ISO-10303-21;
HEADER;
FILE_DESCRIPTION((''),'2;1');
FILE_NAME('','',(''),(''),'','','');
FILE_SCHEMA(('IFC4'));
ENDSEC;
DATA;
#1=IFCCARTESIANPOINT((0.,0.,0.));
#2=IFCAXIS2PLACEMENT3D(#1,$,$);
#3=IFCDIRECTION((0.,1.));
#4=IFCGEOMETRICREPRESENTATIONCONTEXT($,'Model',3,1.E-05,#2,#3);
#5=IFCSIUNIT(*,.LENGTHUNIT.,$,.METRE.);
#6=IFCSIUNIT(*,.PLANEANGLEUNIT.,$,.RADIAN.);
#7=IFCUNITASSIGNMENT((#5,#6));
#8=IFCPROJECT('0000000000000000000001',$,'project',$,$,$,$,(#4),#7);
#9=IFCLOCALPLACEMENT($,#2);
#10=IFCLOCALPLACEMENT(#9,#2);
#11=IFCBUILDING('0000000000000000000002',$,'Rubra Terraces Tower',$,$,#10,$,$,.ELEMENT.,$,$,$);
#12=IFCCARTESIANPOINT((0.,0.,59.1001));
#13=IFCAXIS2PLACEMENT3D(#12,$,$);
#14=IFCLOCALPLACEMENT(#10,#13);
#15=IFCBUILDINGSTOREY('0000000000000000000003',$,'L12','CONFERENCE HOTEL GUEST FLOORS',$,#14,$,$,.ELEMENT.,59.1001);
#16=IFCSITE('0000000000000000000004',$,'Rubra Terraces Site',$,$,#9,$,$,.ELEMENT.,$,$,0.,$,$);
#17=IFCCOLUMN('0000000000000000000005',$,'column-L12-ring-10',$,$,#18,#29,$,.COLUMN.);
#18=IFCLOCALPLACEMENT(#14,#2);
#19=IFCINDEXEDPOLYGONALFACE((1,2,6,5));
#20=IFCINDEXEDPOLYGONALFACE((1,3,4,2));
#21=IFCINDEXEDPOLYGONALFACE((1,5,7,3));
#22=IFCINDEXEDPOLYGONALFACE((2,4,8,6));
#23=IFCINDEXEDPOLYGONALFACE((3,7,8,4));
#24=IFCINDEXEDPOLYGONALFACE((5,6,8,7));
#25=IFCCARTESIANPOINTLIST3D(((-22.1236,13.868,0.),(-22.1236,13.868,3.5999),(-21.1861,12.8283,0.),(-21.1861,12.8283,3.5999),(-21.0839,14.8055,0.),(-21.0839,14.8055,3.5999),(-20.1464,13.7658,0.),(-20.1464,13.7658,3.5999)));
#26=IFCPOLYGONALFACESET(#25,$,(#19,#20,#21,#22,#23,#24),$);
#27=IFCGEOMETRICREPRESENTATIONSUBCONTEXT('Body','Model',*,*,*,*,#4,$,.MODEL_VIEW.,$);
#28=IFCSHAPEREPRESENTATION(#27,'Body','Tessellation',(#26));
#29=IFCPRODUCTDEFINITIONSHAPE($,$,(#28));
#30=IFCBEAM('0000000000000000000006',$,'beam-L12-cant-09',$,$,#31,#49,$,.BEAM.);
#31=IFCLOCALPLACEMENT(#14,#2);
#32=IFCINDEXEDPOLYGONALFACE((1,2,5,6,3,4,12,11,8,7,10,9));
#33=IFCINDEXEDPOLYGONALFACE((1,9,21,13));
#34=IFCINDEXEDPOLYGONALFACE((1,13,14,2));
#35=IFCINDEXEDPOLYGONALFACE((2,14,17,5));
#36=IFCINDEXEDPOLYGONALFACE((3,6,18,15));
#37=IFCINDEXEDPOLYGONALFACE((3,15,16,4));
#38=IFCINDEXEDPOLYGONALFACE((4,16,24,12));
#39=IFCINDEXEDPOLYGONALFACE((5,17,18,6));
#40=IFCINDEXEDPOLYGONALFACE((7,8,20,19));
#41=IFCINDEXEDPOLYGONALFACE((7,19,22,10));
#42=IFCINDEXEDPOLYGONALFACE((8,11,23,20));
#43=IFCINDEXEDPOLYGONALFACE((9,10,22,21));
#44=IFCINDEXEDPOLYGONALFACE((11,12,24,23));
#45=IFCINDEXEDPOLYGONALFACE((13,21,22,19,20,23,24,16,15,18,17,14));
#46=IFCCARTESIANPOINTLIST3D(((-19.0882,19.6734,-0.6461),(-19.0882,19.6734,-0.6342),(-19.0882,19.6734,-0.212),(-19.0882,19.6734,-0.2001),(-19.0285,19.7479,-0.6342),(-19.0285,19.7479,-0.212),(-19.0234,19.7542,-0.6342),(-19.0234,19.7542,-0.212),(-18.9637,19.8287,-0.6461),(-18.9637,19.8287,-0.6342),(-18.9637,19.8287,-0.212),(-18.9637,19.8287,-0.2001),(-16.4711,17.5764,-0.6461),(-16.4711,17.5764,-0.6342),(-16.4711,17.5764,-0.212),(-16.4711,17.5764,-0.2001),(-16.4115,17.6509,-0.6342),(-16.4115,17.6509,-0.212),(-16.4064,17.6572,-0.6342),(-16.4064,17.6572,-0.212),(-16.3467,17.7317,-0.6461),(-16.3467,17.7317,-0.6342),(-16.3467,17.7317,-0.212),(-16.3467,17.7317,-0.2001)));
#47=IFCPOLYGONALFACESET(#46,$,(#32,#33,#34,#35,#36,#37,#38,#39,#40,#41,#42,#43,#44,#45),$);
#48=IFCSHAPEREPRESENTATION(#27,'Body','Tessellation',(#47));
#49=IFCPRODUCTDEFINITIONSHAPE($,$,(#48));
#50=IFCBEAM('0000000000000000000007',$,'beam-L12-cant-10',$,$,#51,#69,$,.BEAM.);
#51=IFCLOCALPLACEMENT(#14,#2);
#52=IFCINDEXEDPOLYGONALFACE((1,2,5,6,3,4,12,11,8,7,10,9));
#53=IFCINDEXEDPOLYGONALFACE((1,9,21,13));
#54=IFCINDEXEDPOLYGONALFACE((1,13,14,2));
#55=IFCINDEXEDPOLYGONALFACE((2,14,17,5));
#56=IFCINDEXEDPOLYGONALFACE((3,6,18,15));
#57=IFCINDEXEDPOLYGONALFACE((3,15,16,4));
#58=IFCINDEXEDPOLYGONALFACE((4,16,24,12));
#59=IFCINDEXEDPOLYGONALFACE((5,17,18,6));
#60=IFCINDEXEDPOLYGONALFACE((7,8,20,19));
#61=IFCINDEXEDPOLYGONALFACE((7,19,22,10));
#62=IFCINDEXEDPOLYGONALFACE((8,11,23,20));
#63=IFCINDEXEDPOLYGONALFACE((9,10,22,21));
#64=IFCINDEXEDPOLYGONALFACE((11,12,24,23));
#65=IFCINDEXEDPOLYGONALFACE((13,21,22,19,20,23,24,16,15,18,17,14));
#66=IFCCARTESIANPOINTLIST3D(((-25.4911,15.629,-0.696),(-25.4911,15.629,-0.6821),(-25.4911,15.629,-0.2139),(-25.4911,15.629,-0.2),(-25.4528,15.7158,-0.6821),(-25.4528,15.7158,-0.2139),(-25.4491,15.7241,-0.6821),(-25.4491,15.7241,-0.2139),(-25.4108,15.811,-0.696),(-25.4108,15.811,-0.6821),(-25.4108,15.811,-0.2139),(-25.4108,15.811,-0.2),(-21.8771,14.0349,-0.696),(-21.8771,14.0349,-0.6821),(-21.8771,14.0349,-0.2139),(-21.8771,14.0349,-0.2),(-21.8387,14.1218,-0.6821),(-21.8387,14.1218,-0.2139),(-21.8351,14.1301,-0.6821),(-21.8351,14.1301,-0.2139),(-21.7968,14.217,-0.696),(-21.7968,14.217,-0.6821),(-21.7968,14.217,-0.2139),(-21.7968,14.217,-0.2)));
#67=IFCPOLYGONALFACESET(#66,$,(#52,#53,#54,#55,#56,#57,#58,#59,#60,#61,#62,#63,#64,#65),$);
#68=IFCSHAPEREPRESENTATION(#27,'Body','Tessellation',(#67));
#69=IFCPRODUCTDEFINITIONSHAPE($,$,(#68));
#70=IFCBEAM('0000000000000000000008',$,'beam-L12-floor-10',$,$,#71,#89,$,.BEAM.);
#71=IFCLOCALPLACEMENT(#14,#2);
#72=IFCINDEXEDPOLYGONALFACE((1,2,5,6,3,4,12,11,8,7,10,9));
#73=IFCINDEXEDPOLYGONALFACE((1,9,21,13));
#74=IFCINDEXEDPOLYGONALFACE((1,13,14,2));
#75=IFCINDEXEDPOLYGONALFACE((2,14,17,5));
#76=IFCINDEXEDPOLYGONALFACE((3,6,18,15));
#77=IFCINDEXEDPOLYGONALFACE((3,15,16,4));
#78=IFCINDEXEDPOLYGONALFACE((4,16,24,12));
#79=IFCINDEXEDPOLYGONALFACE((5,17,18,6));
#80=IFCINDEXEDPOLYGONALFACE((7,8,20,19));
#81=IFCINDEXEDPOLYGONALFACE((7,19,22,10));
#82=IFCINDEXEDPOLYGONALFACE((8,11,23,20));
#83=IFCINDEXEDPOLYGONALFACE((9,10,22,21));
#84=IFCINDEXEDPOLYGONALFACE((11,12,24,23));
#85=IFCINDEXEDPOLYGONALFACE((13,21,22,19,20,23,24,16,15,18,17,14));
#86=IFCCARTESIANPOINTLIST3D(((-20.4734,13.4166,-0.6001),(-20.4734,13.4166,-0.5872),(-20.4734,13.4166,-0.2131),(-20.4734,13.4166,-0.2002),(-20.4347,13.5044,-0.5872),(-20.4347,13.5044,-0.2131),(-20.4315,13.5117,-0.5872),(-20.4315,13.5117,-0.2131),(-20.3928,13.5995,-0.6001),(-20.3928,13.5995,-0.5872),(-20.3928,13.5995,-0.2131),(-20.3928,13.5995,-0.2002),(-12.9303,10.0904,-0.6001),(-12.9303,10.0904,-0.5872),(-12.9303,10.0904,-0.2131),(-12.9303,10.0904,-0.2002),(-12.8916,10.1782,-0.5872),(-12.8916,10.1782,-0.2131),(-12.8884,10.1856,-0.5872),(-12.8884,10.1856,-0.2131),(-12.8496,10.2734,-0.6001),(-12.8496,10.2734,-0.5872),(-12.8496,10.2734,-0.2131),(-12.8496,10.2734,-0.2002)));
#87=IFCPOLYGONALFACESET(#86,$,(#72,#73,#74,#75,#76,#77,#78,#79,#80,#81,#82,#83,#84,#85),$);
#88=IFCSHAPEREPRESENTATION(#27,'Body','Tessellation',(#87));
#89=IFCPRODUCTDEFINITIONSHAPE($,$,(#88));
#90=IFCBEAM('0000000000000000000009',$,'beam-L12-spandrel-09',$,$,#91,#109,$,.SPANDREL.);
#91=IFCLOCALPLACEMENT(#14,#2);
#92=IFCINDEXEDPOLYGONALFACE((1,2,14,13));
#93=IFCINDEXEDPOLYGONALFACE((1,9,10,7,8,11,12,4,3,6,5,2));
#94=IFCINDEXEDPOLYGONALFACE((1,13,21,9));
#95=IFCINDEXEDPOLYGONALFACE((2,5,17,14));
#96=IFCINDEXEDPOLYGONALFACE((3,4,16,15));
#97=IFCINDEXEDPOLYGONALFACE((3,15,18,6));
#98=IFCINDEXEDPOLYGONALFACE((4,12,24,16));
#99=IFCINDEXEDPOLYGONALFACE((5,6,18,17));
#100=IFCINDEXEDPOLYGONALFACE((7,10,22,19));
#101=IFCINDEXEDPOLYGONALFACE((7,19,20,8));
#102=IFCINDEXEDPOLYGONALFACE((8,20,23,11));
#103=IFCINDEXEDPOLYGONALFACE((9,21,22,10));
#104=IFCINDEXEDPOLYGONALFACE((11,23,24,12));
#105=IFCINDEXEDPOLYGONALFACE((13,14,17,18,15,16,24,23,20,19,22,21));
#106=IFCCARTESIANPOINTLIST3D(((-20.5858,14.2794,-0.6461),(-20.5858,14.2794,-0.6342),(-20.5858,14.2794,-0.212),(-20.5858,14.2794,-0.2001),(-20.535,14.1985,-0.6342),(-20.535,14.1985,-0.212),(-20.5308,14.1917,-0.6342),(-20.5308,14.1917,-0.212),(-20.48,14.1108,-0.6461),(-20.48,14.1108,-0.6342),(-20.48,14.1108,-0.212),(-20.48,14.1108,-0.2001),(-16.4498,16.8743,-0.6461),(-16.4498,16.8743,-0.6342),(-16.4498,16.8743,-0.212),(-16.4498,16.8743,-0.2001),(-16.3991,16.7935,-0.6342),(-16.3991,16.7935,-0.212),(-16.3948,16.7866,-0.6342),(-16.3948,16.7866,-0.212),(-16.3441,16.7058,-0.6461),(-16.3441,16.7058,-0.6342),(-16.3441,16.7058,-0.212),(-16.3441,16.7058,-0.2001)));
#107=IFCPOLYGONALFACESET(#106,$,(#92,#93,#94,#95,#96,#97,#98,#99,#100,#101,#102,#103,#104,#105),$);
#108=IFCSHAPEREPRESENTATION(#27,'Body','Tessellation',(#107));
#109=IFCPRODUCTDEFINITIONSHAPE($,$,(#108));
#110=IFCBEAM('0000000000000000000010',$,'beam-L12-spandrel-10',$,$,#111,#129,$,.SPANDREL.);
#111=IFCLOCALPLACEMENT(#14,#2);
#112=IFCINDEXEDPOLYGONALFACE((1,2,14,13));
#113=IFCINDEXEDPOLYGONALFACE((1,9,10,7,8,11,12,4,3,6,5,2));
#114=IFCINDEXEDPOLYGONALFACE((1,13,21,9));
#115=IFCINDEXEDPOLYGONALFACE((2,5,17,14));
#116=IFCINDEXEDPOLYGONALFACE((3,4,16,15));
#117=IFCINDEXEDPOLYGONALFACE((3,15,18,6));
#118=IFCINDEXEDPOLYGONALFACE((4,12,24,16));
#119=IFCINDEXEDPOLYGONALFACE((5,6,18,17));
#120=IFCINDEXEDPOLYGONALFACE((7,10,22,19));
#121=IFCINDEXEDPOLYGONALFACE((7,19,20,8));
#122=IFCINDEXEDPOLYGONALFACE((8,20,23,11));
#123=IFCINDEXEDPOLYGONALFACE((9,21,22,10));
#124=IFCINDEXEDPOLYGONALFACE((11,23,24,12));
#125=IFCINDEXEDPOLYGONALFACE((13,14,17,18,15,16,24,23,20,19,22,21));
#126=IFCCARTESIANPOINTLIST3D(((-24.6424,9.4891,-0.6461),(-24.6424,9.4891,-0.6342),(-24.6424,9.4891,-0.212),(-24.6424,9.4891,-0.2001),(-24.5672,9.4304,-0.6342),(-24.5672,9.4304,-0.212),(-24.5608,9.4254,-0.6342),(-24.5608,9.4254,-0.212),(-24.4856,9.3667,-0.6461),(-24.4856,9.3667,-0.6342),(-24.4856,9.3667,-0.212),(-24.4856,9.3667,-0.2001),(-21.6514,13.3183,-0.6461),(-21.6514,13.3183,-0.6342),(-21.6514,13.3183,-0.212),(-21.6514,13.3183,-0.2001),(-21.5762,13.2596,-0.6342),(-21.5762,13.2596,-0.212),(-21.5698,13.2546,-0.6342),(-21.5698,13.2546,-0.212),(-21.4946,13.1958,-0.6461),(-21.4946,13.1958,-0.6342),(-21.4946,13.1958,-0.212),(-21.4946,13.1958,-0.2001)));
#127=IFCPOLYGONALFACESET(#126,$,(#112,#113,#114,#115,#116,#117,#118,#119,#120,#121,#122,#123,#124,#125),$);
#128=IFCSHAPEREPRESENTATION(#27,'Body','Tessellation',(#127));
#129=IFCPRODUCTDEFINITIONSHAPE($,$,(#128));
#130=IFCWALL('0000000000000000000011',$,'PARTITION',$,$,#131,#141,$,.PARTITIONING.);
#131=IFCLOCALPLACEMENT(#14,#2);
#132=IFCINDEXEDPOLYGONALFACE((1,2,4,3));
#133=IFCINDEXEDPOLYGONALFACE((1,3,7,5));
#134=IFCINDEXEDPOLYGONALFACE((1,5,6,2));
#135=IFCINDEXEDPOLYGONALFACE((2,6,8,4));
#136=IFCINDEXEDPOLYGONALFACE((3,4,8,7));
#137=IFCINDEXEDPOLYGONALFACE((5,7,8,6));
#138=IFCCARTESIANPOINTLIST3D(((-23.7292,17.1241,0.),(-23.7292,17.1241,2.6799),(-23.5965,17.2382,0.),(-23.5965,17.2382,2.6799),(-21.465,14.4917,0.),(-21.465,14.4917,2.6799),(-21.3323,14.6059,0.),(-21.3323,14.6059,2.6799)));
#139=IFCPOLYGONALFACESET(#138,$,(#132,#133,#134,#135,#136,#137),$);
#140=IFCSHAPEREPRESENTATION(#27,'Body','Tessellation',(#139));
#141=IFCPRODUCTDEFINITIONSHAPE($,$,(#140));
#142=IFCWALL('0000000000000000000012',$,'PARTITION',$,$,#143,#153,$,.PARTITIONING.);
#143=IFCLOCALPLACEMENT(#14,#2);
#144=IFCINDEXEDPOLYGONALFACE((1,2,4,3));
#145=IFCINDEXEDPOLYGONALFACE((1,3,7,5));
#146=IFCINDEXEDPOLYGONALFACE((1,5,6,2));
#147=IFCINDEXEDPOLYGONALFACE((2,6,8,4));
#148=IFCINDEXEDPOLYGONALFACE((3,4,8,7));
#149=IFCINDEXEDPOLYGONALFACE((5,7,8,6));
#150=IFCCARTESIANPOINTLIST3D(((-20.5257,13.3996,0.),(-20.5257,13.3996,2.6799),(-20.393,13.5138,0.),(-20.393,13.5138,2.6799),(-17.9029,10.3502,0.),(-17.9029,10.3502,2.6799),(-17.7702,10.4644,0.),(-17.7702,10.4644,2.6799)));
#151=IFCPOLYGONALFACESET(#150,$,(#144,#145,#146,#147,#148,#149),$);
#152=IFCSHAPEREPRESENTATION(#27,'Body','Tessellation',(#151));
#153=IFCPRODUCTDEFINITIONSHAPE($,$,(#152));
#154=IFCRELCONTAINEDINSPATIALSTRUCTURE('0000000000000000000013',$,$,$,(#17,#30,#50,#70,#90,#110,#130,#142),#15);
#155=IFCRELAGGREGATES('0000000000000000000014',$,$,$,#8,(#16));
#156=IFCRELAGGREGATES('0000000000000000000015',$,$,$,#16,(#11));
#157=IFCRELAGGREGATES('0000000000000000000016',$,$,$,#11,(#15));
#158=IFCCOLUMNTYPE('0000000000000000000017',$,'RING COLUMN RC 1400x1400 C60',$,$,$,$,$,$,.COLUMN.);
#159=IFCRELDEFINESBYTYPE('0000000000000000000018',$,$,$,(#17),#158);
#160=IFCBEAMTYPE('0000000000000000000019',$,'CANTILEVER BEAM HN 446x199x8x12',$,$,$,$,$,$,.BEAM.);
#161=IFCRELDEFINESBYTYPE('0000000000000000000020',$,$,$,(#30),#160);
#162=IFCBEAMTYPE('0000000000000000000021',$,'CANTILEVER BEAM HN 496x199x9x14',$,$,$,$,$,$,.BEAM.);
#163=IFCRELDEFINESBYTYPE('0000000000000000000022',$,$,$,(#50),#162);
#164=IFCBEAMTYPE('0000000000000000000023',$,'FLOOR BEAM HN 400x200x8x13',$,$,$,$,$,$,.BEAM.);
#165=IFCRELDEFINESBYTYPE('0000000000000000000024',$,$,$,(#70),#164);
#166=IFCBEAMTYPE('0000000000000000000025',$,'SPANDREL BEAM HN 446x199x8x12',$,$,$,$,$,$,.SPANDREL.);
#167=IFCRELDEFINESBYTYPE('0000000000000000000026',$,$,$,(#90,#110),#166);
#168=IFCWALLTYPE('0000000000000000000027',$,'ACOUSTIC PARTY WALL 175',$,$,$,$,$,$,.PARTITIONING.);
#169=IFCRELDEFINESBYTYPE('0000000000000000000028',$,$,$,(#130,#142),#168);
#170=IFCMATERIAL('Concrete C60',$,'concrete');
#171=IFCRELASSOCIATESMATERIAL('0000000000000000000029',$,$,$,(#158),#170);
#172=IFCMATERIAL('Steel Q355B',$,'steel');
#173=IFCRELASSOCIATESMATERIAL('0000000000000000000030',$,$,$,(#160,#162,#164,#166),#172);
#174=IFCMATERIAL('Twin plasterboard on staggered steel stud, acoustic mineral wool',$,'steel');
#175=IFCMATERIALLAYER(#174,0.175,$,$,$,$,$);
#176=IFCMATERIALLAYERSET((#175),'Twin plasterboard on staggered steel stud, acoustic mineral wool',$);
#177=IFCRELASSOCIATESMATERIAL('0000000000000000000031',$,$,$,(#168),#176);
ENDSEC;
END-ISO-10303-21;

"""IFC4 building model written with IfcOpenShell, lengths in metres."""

from ifc_helpers import new_model, si_unit, direction, frame, frame_2d, origin, origin_2d, place, context, subcontext, project, spatial, rectangle, i_section, extrude, material, layer, layer_set, material_profile, profile_set, type_object, element, save


model = new_model("IFC4")

# Units and contexts
model_context = context("Model", 3, precision=1e-05, world=origin(), true_north=direction((0.0, 1.0)))
body_context = subcontext(model_context, "Body", "Model", "MODEL_VIEW")
ifc_project = project(units=[si_unit("LENGTHUNIT", "METRE"), si_unit("PLANEANGLEUNIT", "RADIAN")], contexts=[model_context])

# Site, building, storey
site_placement = place(None, origin())
site = spatial("IfcSite", under=ifc_project, at=site_placement, Name="Rubra Terraces Site", CompositionType="ELEMENT", RefElevation=0.0)
building_placement = place(site_placement, origin())
building = spatial("IfcBuilding", under=site, at=building_placement, Name="Rubra Terraces Tower", CompositionType="ELEMENT")
storey_placement = place(building_placement, frame((0.0, 0.0, 59.1001)))
storey = spatial("IfcBuildingStorey", under=building, at=storey_placement, Name="L12", Description="CONFERENCE HOTEL GUEST FLOORS", CompositionType="ELEMENT", Elevation=59.1001)

# Column
ifc_material_1 = material(Name="Concrete C60", Category="concrete")
ifc_material_profile_1 = material_profile(ifc_material_1, rectangle(XDim=1.3999, YDim=1.3999, at=origin_2d()), Name="RC 1400x1400")
ifc_profile_set_1 = profile_set([ifc_material_profile_1], Name="Concrete C60")
column_type = type_object("IfcColumnType", Name="RING COLUMN RC 1400x1400 C60", PredefinedType="COLUMN", material=ifc_profile_set_1)
column_placement = place(storey_placement, frame((-21.135, 13.8169, 0.0), z_axis=(0.0, 0.0, 1.0), x_axis=(-0.742676, -0.669651, 0.0)))
element("IfcColumn", 1, at=column_placement, inside=storey, type_object=column_type, Name="column-L12-ring-10", PredefinedType="COLUMN", context=body_context, shape_type="SweptSolid", body=[
    extrude(rectangle(XDim=1.3999, YDim=1.3999, at=origin_2d()), origin(), (0.0, 0.0, 1.0), 3.5999),
])

# Beams
ifc_material_2 = material(Name="Steel Q355B", Category="steel")
ifc_material_profile_2 = material_profile(ifc_material_2, i_section(OverallWidth=0.199, OverallDepth=0.446, WebThickness=0.0081, FlangeThickness=0.012, at=origin_2d()), Name="HN 446x199x8x12")
ifc_profile_set_2 = profile_set([ifc_material_profile_2], Name="Steel Q355B")
beam_type_1 = type_object("IfcBeamType", Name="CANTILEVER BEAM HN 446x199x8x12", PredefinedType="BEAM", material=ifc_profile_set_2)
beam_1_placement = place(storey_placement, frame((-16.4089, 17.6541, -0.4231), z_axis=(-0.780378, 0.625307, 0.0), x_axis=(-0.625307, -0.780378, 0.0)))
element("IfcBeam", 2, at=beam_1_placement, inside=storey, type_object=beam_type_1, Name="beam-L12-cant-09", PredefinedType="BEAM", context=body_context, shape_type="SweptSolid", body=[
    extrude(i_section(OverallWidth=0.199, OverallDepth=0.446, WebThickness=0.0081, FlangeThickness=0.012, at=origin_2d()), origin(), (0.0, 0.0, 1.0), 3.3535),
])
ifc_material_profile_3 = material_profile(ifc_material_2, i_section(OverallWidth=0.199, OverallDepth=0.4961, WebThickness=0.009, FlangeThickness=0.0139, at=origin_2d()), Name="HN 496x199x9x14")
ifc_profile_set_3 = profile_set([ifc_material_profile_3], Name="Steel Q355B")
beam_type_2 = type_object("IfcBeamType", Name="CANTILEVER BEAM HN 496x199x9x14", PredefinedType="BEAM", material=ifc_profile_set_3)
beam_2_placement = place(storey_placement, frame((-21.8369, 14.126, -0.448), z_axis=(-0.914957, 0.40355, 0.0), x_axis=(-0.40355, -0.914957, 0.0)))
element("IfcBeam", 3, at=beam_2_placement, inside=storey, type_object=beam_type_2, Name="beam-L12-cant-10", PredefinedType="BEAM", context=body_context, shape_type="SweptSolid", body=[
    extrude(i_section(OverallWidth=0.199, OverallDepth=0.4961, WebThickness=0.009, FlangeThickness=0.0139, at=origin_2d()), origin(), (0.0, 0.0, 1.0), 3.95),
])
ifc_material_profile_4 = material_profile(ifc_material_2, i_section(OverallWidth=0.2, OverallDepth=0.3999, WebThickness=0.0081, FlangeThickness=0.0129, at=origin_2d()), Name="HN 400x200x8x13")
ifc_profile_set_4 = profile_set([ifc_material_profile_4], Name="Steel Q355B")
beam_type_3 = type_object("IfcBeamType", Name="FLOOR BEAM HN 400x200x8x13", PredefinedType="BEAM", material=ifc_profile_set_4)
beam_3_placement = place(storey_placement, frame((-20.4331, 13.5081, -0.4001), z_axis=(0.914995, -0.403466, 0.0), x_axis=(0.403466, 0.914995, 0.0)))
element("IfcBeam", 4, at=beam_3_placement, inside=storey, type_object=beam_type_3, Name="beam-L12-floor-10", PredefinedType="BEAM", context=body_context, shape_type="SweptSolid", body=[
    extrude(i_section(OverallWidth=0.2, OverallDepth=0.3999, WebThickness=0.0081, FlangeThickness=0.0129, at=origin_2d()), origin(), (0.0, 0.0, 1.0), 8.2439),
])
ifc_material_profile_5 = material_profile(ifc_material_2, i_section(OverallWidth=0.199, OverallDepth=0.446, WebThickness=0.0081, FlangeThickness=0.012, at=origin_2d()), Name="HN 446x199x8x12")
ifc_profile_set_5 = profile_set([ifc_material_profile_5], Name="Steel Q355B")
beam_type_4 = type_object("IfcBeamType", Name="SPANDREL BEAM HN 446x199x8x12", PredefinedType="SPANDREL", material=ifc_profile_set_5)
beam_4_placement = place(storey_placement, frame((-16.397, 16.79, -0.4231), z_axis=(-0.847078, -0.531468, 0.0), x_axis=(0.531468, -0.847078, 0.0)))
element("IfcBeam", 5, at=beam_4_placement, inside=storey, type_object=beam_type_4, Name="beam-L12-spandrel-09", PredefinedType="SPANDREL", context=body_context, shape_type="SweptSolid", body=[
    extrude(i_section(OverallWidth=0.199, OverallDepth=0.446, WebThickness=0.0081, FlangeThickness=0.012, at=origin_2d()), origin(), (0.0, 0.0, 1.0), 4.8826),
])
beam_5_placement = place(storey_placement, frame((-21.573, 13.2571, -0.4231), z_axis=(-0.615578, -0.788076, 0.0), x_axis=(0.788076, -0.615578, 0.0)))
element("IfcBeam", 6, at=beam_5_placement, inside=storey, type_object=beam_type_4, Name="beam-L12-spandrel-10", PredefinedType="SPANDREL", context=body_context, shape_type="SweptSolid", body=[
    extrude(i_section(OverallWidth=0.199, OverallDepth=0.446, WebThickness=0.0081, FlangeThickness=0.012, at=origin_2d()), origin(), (0.0, 0.0, 1.0), 4.8589),
])

# Walls
ifc_material_3 = material(Name="Twin plasterboard on staggered steel stud, acoustic mineral wool", Category="steel")
ifc_layer_1 = layer(ifc_material_3, 0.175)
ifc_layer_set_1 = layer_set([ifc_layer_1], Name="Twin plasterboard on staggered steel stud, acoustic mineral wool")
wall_type_1 = type_object("IfcWallType", Name="ACOUSTIC PARTY WALL 175", PredefinedType="PARTITIONING", material=ifc_layer_set_1)
wall_1_placement = place(storey_placement, frame((-23.6628, 17.1812, 0.0), z_axis=(0.0, 0.0, 1.0), x_axis=(0.652099, -0.758134, 0.0)))
element("IfcWall", 7, at=wall_1_placement, inside=storey, type_object=wall_type_1, Name="PARTITION", PredefinedType="PARTITIONING", context=body_context, shape_type="SweptSolid", body=[
    extrude(rectangle(XDim=3.4722, YDim=0.175, at=frame_2d((1.7361, 0.0))), origin(), (0.0, 0.0, 1.0), 2.6799),
])
wall_2_placement = place(storey_placement, frame((-20.4595, 13.4568, 0.0), z_axis=(0.0, 0.0, 1.0), x_axis=(0.652095, -0.758137, 0.0)))
element("IfcWall", 8, at=wall_2_placement, inside=storey, type_object=wall_type_1, Name="PARTITION", PredefinedType="PARTITIONING", context=body_context, shape_type="SweptSolid", body=[
    extrude(rectangle(XDim=4.0222, YDim=0.175, at=frame_2d((2.0112, 0.0))), origin(), (0.0, 0.0, 1.0), 2.6799),
])

save(model, "model.ifc")
